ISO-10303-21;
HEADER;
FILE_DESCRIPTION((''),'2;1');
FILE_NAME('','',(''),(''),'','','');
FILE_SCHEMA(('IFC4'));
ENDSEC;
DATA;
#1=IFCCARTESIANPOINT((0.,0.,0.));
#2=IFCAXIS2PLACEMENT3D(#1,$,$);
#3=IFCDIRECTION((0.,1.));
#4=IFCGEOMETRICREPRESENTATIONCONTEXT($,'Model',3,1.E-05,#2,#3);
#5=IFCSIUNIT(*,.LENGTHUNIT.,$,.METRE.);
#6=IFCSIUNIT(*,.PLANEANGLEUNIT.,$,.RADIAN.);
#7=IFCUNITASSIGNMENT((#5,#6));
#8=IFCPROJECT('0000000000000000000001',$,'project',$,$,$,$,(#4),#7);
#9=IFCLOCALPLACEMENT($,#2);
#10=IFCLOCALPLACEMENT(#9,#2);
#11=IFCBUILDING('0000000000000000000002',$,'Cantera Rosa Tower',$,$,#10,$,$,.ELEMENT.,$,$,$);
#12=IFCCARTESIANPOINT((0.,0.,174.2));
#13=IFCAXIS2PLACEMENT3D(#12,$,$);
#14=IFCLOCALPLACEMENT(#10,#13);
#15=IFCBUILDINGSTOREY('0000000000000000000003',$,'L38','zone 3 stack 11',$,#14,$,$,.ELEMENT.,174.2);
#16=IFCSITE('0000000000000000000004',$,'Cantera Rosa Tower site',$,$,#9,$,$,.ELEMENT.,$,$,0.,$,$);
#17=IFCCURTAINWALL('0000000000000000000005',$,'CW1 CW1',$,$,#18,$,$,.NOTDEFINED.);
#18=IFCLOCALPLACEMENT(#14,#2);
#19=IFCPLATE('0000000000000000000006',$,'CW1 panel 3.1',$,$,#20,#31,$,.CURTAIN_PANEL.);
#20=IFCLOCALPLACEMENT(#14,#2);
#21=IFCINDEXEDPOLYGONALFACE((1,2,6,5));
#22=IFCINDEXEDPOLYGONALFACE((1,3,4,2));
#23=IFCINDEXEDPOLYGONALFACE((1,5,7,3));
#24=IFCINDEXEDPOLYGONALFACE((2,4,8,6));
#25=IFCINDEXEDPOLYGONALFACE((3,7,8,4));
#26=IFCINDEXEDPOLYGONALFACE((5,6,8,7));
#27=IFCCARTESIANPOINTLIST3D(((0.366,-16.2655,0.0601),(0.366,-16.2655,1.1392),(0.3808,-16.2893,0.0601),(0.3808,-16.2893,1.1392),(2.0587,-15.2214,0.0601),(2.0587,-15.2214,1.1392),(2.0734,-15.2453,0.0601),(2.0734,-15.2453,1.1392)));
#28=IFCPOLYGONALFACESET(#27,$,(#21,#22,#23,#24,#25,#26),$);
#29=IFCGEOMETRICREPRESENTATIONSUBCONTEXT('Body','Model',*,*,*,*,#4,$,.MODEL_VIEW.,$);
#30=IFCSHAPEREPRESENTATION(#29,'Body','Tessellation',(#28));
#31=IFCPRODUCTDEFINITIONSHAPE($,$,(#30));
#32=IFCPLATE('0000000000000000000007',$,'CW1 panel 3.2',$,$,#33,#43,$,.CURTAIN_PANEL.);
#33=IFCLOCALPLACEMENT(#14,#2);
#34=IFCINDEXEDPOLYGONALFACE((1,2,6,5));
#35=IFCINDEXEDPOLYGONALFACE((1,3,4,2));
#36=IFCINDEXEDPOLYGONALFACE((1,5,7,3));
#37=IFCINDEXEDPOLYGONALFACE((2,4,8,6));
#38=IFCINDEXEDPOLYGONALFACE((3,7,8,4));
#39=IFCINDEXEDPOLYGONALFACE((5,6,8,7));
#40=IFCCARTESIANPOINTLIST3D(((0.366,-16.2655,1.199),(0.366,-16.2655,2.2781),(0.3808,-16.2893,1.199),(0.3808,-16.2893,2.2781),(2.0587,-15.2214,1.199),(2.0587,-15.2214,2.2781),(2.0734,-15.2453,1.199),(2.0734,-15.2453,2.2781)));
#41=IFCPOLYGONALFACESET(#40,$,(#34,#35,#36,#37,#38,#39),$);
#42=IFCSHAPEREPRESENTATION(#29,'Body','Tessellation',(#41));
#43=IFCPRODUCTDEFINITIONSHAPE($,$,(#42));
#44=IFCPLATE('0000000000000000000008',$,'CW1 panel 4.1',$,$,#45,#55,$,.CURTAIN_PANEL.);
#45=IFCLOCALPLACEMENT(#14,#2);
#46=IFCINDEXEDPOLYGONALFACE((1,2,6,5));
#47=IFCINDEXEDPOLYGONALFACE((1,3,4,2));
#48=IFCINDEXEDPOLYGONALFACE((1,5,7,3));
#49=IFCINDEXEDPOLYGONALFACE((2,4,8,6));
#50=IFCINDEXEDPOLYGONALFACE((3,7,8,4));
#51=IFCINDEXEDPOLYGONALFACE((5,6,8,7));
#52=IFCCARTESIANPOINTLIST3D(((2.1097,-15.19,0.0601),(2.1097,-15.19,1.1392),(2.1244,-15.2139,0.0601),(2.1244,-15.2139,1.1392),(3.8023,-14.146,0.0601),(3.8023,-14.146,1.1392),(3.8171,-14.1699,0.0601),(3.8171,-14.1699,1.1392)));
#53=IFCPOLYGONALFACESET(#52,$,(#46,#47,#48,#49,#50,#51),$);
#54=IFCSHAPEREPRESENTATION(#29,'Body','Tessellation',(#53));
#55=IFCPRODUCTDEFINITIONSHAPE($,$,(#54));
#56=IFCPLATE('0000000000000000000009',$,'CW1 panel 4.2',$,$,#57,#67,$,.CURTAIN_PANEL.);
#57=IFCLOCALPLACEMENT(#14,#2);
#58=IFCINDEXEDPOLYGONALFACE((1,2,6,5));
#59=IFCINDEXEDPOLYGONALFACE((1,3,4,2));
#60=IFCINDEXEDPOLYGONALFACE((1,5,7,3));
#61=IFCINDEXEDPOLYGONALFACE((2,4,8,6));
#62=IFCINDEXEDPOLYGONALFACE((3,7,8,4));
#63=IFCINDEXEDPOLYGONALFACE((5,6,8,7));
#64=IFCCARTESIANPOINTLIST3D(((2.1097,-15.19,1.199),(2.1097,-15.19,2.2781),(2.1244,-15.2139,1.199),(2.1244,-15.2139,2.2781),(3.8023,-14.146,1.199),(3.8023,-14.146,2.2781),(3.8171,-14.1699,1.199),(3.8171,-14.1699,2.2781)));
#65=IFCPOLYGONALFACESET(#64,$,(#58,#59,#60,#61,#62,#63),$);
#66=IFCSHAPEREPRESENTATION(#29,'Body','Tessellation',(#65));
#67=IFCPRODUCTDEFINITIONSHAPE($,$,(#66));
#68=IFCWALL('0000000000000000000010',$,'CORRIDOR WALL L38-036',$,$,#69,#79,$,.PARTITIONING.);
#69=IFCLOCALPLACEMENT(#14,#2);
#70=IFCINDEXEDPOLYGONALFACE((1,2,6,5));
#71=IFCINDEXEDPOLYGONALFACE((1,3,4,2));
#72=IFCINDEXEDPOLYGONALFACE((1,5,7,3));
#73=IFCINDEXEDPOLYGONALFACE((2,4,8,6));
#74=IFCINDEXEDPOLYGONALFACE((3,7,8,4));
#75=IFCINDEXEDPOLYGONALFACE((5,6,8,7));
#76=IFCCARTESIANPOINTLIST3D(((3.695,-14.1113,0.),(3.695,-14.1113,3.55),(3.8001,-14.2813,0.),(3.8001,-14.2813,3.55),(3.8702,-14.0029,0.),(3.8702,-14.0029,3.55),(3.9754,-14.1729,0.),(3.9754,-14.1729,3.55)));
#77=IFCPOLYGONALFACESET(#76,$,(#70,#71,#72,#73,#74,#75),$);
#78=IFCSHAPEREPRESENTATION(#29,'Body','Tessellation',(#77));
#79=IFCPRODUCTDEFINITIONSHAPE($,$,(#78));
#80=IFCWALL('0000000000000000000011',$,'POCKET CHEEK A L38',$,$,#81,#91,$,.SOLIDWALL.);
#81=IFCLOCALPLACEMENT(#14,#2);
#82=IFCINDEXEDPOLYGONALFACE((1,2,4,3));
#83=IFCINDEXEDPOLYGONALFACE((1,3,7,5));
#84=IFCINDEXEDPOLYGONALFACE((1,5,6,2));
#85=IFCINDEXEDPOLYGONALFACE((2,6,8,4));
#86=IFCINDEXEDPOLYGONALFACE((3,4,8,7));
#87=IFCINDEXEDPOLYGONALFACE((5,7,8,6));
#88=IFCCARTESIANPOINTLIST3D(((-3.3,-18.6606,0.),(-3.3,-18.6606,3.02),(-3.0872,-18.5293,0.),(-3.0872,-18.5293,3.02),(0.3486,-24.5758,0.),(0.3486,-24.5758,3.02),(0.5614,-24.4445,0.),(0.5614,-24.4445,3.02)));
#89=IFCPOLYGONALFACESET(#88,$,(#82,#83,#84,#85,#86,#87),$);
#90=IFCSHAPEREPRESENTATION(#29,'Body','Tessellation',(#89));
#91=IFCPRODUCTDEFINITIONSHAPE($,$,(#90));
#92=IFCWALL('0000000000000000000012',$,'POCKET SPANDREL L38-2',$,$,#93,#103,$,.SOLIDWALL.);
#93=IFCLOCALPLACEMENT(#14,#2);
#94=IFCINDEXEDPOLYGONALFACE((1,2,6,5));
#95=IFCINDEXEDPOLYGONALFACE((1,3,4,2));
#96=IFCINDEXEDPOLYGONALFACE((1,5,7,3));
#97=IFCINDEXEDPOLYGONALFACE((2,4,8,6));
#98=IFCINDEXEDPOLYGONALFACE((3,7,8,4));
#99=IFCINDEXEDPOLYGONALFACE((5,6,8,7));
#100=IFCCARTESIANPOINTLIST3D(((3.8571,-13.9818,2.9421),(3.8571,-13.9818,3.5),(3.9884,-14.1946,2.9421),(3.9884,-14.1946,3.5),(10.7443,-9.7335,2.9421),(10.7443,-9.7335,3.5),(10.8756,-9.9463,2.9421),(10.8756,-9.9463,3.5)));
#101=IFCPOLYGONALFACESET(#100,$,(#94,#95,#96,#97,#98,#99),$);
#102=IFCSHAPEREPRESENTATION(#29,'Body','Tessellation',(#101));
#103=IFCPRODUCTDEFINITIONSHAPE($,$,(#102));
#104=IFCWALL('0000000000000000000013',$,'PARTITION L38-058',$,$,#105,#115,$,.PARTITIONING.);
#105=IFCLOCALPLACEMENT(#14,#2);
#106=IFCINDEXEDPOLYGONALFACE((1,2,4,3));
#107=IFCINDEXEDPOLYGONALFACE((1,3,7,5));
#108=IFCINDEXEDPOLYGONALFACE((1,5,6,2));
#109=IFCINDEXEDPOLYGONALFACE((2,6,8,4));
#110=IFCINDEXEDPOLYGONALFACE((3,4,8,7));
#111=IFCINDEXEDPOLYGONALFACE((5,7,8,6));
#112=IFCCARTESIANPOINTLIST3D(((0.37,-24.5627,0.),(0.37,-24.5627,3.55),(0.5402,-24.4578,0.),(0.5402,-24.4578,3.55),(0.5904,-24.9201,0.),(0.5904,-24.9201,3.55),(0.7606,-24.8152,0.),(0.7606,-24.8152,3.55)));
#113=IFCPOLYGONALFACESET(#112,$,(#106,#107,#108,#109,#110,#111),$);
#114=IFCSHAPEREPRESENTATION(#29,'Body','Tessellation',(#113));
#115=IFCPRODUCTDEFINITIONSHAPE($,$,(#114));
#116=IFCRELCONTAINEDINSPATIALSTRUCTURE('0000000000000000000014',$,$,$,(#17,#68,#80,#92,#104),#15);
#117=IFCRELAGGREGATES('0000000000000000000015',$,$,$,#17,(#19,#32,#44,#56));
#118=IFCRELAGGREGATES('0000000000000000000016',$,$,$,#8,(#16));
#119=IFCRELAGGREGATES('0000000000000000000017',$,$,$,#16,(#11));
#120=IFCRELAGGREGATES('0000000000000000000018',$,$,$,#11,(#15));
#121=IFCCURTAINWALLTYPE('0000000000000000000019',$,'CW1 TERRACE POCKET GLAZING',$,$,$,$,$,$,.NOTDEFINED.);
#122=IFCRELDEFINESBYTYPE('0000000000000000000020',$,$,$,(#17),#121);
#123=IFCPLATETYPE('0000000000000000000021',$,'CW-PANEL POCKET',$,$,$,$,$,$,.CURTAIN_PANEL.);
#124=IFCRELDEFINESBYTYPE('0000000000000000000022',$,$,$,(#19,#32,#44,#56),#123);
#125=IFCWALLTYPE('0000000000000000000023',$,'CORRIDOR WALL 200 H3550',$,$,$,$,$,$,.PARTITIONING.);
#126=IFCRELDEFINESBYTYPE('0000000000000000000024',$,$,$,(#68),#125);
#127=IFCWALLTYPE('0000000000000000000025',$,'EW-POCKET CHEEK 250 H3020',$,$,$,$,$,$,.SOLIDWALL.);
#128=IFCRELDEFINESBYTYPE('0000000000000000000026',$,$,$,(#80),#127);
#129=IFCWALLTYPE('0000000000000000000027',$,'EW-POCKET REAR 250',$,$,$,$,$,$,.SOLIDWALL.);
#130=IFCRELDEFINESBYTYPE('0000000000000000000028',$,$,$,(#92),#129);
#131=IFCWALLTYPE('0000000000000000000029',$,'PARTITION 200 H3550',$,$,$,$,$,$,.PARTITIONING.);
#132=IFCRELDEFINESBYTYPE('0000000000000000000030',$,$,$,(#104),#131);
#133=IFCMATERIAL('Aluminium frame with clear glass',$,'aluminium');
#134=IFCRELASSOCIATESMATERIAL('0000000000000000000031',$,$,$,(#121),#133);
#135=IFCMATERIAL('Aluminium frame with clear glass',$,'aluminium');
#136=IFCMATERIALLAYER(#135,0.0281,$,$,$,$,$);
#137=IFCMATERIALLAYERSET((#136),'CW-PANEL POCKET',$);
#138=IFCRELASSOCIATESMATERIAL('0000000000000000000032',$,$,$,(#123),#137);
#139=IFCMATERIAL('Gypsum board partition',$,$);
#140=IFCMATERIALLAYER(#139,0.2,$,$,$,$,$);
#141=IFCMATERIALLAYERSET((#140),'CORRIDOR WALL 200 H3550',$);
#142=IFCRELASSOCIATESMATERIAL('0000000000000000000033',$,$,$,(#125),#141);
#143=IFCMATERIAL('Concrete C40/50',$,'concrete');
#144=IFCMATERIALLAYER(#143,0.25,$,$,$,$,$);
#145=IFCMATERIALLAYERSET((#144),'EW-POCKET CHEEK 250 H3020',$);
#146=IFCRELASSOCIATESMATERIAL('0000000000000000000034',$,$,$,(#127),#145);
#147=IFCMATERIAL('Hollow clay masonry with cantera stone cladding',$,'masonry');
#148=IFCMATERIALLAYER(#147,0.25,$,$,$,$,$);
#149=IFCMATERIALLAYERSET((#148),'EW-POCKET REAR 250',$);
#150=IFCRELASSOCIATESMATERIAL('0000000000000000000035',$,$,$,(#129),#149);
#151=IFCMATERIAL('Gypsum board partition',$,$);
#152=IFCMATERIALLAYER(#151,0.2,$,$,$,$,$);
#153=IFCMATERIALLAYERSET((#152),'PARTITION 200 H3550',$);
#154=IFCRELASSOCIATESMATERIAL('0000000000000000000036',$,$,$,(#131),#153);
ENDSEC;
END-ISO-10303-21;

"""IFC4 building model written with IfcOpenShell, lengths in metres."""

from ifc_helpers import new_model, si_unit, direction, frame, frame_2d, origin, origin_2d, place, context, subcontext, project, spatial, rectangle, extrude, material, layer, layer_set, type_object, element, aggregate, save


model = new_model("IFC4")

# Units and contexts
model_context = context("Model", 3, precision=1e-05, world=origin(), true_north=direction((0.0, 1.0)))
body_context = subcontext(model_context, "Body", "Model", "MODEL_VIEW")
ifc_project = project(units=[si_unit("LENGTHUNIT", "METRE"), si_unit("PLANEANGLEUNIT", "RADIAN")], contexts=[model_context])

# Site, building, storey
site_placement = place(None, origin())
site = spatial("IfcSite", under=ifc_project, at=site_placement, Name="Cantera Rosa Tower site", CompositionType="ELEMENT", RefElevation=0.0)
building_placement = place(site_placement, origin())
building = spatial("IfcBuilding", under=site, at=building_placement, Name="Cantera Rosa Tower", CompositionType="ELEMENT")
storey_placement = place(building_placement, frame((0.0, 0.0, 174.2)))
storey = spatial("IfcBuildingStorey", under=building, at=storey_placement, Name="L38", Description="zone 3 stack 11", CompositionType="ELEMENT", Elevation=174.2)

# Curtain wall
ifc_material_1 = material(Name="Aluminium frame with clear glass", Category="aluminium")
curtain_wall_type = type_object("IfcCurtainWallType", Name="CW1 TERRACE POCKET GLAZING", PredefinedType="NOTDEFINED", material=ifc_material_1)
curtain_wall_placement = place(storey_placement, origin())
curtain_wall = element("IfcCurtainWall", 1, at=curtain_wall_placement, inside=storey, type_object=curtain_wall_type, Name="CW1 CW1", PredefinedType="NOTDEFINED")

# Plates
ifc_material_2 = material(Name="Aluminium frame with clear glass", Category="aluminium")
ifc_layer_1 = layer(ifc_material_2, 0.0281)
ifc_layer_set_1 = layer_set([ifc_layer_1], Name="CW-PANEL POCKET")
plate_type = type_object("IfcPlateType", Name="CW-PANEL POCKET", PredefinedType="CURTAIN_PANEL", material=ifc_layer_set_1)
plate_1_placement = place(storey_placement, frame((1.2197, -15.7554, 0.0601), z_axis=(0.0, 0.0, 1.0), x_axis=(0.851117, 0.524977, 0.0)))
plate_1 = element("IfcPlate", 2, at=plate_1_placement, type_object=plate_type, Name="CW1 panel 3.1", PredefinedType="CURTAIN_PANEL", context=body_context, shape_type="SweptSolid", body=[
    extrude(rectangle(XDim=1.9888, YDim=0.0281, at=origin_2d()), origin(), (0.0, 0.0, 1.0), 1.0791),
])
plate_2_placement = place(storey_placement, frame((1.2197, -15.7554, 1.199), z_axis=(0.0, 0.0, 1.0), x_axis=(0.851117, 0.524977, 0.0)))
plate_2 = element("IfcPlate", 3, at=plate_2_placement, type_object=plate_type, Name="CW1 panel 3.2", PredefinedType="CURTAIN_PANEL", context=body_context, shape_type="SweptSolid", body=[
    extrude(rectangle(XDim=1.9888, YDim=0.0281, at=origin_2d()), origin(), (0.0, 0.0, 1.0), 1.0791),
])
plate_3_placement = place(storey_placement, frame((2.9634, -14.6799, 0.0601), z_axis=(0.0, 0.0, 1.0), x_axis=(0.851117, 0.524977, 0.0)))
plate_3 = element("IfcPlate", 4, at=plate_3_placement, type_object=plate_type, Name="CW1 panel 4.1", PredefinedType="CURTAIN_PANEL", context=body_context, shape_type="SweptSolid", body=[
    extrude(rectangle(XDim=1.9888, YDim=0.0281, at=origin_2d()), origin(), (0.0, 0.0, 1.0), 1.0791),
])
plate_4_placement = place(storey_placement, frame((2.9634, -14.6799, 1.199), z_axis=(0.0, 0.0, 1.0), x_axis=(0.851117, 0.524977, 0.0)))
plate_4 = element("IfcPlate", 5, at=plate_4_placement, type_object=plate_type, Name="CW1 panel 4.2", PredefinedType="CURTAIN_PANEL", context=body_context, shape_type="SweptSolid", body=[
    extrude(rectangle(XDim=1.9888, YDim=0.0281, at=origin_2d()), origin(), (0.0, 0.0, 1.0), 1.0791),
])
aggregate(curtain_wall, [plate_1, plate_2, plate_3, plate_4])

# Walls
ifc_material_3 = material(Name="Gypsum board partition")
ifc_layer_2 = layer(ifc_material_3, 0.2)
ifc_layer_set_2 = layer_set([ifc_layer_2], Name="CORRIDOR WALL 200 H3550")
wall_type_1 = type_object("IfcWallType", Name="CORRIDOR WALL 200 H3550", PredefinedType="PARTITIONING", material=ifc_layer_set_2)
wall_1_placement = place(storey_placement, frame((3.7476, -14.1963, 0.0), z_axis=(0.0, 0.0, 1.0), x_axis=(0.850517, 0.525947, 0.0)))
element("IfcWall", 6, at=wall_1_placement, inside=storey, type_object=wall_type_1, Name="CORRIDOR WALL L38-036", PredefinedType="PARTITIONING", context=body_context, shape_type="SweptSolid", body=[
    extrude(rectangle(XDim=0.2061, YDim=0.2, at=frame_2d((0.103, 0.0))), origin(), (0.0, 0.0, 1.0), 3.55),
])
ifc_material_4 = material(Name="Concrete C40/50", Category="concrete")
ifc_layer_3 = layer(ifc_material_4, 0.25)
ifc_layer_set_3 = layer_set([ifc_layer_3], Name="EW-POCKET CHEEK 250 H3020")
wall_type_2 = type_object("IfcWallType", Name="EW-POCKET CHEEK 250 H3020", PredefinedType="SOLIDWALL", material=ifc_layer_set_3)
wall_2_placement = place(storey_placement, frame((0.4551, -24.5103, 0.0), z_axis=(0.0, 0.0, 1.0), x_axis=(-0.524985, 0.851111, 0.0)))
element("IfcWall", 7, at=wall_2_placement, inside=storey, type_object=wall_type_2, Name="POCKET CHEEK A L38", PredefinedType="SOLIDWALL", context=body_context, shape_type="SweptSolid", body=[
    extrude(rectangle(XDim=6.95, YDim=0.25, at=frame_2d((3.4751, 0.0))), origin(), (0.0, 0.0, 1.0), 3.02),
])
ifc_material_5 = material(Name="Hollow clay masonry with cantera stone cladding", Category="masonry")
ifc_layer_4 = layer(ifc_material_5, 0.25)
ifc_layer_set_4 = layer_set([ifc_layer_4], Name="EW-POCKET REAR 250")
wall_type_3 = type_object("IfcWallType", Name="EW-POCKET REAR 250", PredefinedType="SOLIDWALL", material=ifc_layer_set_4)
wall_3_placement = place(storey_placement, frame((3.9229, -14.0881, 2.9421), z_axis=(0.0, 0.0, 1.0), x_axis=(0.851106, 0.524994, 0.0)))
element("IfcWall", 8, at=wall_3_placement, inside=storey, type_object=wall_type_3, Name="POCKET SPANDREL L38-2", PredefinedType="SOLIDWALL", context=body_context, shape_type="SweptSolid", body=[
    extrude(rectangle(XDim=8.092, YDim=0.25, at=frame_2d((4.0459, 0.0))), origin(), (0.0, 0.0, 1.0), 0.5579),
])
ifc_material_6 = material(Name="Gypsum board partition")
ifc_layer_5 = layer(ifc_material_6, 0.2)
ifc_layer_set_5 = layer_set([ifc_layer_5], Name="PARTITION 200 H3550")
wall_type_4 = type_object("IfcWallType", Name="PARTITION 200 H3550", PredefinedType="PARTITIONING", material=ifc_layer_set_5)
wall_4_placement = place(storey_placement, frame((0.4551, -24.5103, 0.0), z_axis=(0.0, 0.0, 1.0), x_axis=(0.524973, -0.851119, 0.0)))
element("IfcWall", 9, at=wall_4_placement, inside=storey, type_object=wall_type_4, Name="PARTITION L38-058", PredefinedType="PARTITIONING", context=body_context, shape_type="SweptSolid", body=[
    extrude(rectangle(XDim=0.4199, YDim=0.2, at=frame_2d((0.21, 0.0))), origin(), (0.0, 0.0, 1.0), 3.55),
])

save(model, "model.ifc")
